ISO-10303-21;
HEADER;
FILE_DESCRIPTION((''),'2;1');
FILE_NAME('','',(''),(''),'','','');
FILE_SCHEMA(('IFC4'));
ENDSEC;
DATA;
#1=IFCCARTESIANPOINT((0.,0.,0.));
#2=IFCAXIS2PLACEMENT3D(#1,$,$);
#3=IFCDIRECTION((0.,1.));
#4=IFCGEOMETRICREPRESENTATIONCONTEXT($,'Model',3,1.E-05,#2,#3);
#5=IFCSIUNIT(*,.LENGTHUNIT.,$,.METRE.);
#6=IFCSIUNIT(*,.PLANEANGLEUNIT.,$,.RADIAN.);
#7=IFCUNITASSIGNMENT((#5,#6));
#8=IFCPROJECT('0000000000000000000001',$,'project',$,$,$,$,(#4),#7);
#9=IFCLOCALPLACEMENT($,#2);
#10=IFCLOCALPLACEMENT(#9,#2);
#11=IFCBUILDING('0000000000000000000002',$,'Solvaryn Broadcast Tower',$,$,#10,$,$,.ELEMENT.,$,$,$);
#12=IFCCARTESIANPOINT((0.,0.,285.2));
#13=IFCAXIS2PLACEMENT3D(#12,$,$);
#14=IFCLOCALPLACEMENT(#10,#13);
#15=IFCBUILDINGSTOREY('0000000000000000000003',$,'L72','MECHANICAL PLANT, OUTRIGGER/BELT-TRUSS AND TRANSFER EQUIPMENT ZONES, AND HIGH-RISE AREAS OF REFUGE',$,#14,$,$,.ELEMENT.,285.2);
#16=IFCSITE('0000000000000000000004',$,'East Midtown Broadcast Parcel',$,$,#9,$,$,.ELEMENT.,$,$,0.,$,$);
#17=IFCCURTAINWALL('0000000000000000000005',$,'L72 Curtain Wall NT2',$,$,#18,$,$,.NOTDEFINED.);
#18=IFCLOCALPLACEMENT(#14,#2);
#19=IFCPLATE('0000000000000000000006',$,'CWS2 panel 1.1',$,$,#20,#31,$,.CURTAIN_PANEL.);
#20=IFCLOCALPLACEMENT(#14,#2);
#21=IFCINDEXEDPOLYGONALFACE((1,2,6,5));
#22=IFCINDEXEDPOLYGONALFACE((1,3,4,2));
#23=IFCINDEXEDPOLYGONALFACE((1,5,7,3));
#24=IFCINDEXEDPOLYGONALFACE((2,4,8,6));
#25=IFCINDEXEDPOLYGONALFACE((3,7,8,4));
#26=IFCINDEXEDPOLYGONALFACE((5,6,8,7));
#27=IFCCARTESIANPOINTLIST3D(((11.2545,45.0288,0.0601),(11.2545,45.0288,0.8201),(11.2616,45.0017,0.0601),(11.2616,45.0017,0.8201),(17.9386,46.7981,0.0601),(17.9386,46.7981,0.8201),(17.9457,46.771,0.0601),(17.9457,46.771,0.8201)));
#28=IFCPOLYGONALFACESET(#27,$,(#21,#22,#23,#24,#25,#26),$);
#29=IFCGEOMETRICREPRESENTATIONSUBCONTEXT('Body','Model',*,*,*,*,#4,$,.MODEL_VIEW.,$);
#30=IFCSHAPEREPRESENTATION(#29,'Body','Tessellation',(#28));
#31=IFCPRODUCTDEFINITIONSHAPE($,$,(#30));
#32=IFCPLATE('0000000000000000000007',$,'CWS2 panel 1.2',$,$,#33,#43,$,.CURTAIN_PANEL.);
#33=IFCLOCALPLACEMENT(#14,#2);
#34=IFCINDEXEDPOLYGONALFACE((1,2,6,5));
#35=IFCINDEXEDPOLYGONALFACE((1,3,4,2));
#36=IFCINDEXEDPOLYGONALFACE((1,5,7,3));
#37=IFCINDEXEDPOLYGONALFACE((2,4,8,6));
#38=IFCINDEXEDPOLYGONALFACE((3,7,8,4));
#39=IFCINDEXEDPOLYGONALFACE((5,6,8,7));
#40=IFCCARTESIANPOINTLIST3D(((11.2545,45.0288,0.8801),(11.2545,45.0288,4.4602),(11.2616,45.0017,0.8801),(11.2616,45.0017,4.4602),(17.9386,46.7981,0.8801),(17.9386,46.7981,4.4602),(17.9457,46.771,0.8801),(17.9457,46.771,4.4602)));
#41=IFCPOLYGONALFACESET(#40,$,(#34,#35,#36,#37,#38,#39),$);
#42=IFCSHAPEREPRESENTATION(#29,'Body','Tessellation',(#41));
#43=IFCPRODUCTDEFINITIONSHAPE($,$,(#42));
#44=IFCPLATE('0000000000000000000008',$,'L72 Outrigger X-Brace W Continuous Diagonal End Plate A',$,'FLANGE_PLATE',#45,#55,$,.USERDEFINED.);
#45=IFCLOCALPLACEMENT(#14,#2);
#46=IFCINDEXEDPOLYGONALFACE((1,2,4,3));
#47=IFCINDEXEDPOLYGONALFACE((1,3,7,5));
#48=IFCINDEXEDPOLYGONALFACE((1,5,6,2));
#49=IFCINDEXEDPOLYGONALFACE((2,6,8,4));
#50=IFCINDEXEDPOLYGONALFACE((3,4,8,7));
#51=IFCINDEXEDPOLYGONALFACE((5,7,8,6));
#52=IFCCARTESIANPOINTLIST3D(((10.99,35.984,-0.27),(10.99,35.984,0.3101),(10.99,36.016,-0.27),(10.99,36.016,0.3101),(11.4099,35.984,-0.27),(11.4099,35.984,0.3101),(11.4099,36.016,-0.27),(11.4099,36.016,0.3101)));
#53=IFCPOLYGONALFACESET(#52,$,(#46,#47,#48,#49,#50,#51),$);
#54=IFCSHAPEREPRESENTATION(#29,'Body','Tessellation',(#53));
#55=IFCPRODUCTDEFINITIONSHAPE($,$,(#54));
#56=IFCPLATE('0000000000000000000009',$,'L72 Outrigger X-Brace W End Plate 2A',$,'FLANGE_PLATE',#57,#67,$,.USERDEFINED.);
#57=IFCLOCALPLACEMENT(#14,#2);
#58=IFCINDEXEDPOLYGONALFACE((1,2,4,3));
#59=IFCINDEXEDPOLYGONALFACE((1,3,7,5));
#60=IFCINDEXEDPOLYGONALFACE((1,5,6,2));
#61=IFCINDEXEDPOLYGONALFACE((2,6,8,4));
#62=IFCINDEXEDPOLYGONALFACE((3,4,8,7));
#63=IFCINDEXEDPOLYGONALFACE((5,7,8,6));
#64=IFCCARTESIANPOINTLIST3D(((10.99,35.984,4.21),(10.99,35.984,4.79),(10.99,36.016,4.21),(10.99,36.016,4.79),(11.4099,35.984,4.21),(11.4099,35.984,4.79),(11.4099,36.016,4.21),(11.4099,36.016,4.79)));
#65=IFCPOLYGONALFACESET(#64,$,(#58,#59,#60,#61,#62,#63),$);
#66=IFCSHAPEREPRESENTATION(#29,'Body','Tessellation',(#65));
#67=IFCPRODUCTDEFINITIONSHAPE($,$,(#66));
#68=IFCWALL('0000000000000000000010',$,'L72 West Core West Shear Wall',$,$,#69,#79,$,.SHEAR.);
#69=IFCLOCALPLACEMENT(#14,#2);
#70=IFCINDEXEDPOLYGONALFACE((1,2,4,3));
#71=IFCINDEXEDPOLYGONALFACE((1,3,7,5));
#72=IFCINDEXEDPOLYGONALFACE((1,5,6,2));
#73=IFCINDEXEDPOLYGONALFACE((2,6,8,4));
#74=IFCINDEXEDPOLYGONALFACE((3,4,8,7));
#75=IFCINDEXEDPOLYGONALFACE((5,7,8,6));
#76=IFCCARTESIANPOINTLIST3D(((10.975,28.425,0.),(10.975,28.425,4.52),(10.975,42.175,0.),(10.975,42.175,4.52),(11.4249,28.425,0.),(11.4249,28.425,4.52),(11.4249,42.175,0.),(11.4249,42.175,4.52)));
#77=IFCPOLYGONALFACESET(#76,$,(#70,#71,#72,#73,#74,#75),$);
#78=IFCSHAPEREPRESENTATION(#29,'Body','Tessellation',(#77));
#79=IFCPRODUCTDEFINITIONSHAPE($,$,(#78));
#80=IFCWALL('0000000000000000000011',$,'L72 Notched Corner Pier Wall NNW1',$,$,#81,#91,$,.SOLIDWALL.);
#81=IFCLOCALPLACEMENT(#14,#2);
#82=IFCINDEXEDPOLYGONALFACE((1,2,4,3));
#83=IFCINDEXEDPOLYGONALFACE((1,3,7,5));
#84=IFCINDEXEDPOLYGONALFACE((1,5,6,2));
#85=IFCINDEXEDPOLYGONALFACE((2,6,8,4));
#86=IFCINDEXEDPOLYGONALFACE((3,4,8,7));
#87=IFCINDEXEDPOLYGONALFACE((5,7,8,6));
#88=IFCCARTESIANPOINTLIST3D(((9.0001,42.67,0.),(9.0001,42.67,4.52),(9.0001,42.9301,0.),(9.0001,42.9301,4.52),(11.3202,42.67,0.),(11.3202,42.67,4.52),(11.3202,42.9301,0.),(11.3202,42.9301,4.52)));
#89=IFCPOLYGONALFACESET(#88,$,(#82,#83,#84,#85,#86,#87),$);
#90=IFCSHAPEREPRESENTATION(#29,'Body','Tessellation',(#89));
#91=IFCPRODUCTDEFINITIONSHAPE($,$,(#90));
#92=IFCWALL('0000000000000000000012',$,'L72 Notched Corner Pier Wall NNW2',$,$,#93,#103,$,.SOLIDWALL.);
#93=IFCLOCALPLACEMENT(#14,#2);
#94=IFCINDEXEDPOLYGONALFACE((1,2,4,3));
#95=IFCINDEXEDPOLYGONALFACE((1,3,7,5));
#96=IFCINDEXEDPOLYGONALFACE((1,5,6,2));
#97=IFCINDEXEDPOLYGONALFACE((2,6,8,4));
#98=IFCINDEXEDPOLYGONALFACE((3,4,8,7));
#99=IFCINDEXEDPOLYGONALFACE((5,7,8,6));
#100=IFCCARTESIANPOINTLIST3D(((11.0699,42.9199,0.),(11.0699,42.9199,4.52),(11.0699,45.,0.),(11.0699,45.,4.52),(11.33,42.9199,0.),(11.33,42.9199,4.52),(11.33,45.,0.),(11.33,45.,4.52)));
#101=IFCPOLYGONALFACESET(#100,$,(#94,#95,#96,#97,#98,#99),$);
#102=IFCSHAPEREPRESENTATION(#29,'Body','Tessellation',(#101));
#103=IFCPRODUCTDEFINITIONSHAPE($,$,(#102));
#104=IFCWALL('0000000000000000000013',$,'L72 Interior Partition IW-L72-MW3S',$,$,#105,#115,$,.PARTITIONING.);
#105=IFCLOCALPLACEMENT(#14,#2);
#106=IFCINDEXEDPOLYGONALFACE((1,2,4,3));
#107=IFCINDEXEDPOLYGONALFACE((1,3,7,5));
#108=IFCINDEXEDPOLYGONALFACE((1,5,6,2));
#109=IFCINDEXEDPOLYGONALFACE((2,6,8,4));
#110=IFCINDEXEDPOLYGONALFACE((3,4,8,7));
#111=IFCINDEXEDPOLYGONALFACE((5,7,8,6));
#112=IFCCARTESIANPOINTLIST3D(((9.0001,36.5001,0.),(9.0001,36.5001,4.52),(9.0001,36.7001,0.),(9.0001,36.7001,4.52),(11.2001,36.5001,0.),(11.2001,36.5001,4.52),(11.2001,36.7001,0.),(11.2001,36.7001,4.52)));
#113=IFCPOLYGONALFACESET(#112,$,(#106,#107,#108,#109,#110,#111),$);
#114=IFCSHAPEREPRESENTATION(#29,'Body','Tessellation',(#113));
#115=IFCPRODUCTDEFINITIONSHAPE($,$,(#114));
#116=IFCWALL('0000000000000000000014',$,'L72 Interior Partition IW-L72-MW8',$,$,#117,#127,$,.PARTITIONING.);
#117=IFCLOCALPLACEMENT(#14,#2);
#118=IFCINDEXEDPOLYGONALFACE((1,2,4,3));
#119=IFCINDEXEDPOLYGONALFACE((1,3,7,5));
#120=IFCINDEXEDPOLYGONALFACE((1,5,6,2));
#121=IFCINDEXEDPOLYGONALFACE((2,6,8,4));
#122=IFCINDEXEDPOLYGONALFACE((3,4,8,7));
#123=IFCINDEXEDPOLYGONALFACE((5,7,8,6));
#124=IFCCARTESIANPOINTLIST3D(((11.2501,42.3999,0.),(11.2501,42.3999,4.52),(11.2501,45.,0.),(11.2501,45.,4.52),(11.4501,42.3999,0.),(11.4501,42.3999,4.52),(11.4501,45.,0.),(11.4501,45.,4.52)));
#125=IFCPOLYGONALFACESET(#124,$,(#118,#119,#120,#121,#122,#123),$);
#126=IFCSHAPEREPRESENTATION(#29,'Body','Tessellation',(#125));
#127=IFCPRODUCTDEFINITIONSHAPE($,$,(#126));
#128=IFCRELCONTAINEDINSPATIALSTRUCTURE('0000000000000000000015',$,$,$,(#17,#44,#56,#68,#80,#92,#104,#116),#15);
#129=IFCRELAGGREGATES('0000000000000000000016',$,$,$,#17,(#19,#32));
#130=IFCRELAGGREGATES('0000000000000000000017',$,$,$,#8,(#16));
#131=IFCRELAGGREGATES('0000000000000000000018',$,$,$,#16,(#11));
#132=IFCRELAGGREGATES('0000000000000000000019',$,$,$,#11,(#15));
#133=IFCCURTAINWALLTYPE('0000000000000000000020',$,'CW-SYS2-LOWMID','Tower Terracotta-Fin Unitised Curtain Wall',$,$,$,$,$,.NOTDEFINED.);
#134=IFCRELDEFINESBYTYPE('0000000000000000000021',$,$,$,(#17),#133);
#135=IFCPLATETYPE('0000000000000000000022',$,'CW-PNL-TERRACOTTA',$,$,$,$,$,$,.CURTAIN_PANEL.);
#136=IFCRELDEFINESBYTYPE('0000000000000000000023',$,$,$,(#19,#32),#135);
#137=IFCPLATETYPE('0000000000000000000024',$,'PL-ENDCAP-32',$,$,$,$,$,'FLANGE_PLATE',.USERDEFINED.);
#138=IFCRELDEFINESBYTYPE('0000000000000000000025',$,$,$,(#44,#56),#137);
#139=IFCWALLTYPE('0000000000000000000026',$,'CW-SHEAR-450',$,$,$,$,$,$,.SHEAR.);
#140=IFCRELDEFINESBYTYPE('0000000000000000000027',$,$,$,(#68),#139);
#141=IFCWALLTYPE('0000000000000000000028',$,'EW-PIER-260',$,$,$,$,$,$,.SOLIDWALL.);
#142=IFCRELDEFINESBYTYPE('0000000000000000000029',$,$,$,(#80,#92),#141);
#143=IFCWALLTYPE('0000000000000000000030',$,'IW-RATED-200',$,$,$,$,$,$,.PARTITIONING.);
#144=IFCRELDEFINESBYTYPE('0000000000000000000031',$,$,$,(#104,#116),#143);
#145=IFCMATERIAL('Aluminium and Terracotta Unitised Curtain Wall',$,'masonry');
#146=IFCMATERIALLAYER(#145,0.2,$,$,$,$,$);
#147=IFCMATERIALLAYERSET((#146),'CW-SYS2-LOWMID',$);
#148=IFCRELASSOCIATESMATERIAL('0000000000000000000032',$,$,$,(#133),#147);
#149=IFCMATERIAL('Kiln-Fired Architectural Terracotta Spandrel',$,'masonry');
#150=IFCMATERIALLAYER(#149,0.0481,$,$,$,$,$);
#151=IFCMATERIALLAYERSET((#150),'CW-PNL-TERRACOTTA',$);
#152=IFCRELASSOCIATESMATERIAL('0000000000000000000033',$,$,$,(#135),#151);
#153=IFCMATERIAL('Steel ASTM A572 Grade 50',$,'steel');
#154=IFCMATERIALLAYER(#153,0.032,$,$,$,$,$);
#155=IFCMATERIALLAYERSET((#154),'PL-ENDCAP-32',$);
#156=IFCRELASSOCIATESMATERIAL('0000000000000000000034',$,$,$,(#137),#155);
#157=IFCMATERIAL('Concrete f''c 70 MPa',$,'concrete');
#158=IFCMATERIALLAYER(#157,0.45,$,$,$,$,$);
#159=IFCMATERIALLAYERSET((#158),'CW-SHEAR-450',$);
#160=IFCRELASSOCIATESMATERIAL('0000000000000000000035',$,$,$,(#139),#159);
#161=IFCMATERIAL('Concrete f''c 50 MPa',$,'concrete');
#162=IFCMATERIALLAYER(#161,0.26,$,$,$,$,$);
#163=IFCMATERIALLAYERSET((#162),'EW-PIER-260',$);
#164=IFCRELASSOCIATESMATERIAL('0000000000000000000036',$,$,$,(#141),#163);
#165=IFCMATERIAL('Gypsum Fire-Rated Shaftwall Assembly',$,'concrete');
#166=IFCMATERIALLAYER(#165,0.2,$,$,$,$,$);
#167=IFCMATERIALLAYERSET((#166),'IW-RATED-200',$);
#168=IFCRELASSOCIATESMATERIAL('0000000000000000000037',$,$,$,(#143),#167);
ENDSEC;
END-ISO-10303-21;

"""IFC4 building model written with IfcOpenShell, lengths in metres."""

from ifc_helpers import new_model, si_unit, direction, frame, frame_2d, origin, origin_2d, place, context, subcontext, project, spatial, rectangle, extrude, material, layer, layer_set, type_object, element, aggregate, save


model = new_model("IFC4")

# Units and contexts
model_context = context("Model", 3, precision=1e-05, world=origin(), true_north=direction((0.0, 1.0)))
body_context = subcontext(model_context, "Body", "Model", "MODEL_VIEW")
ifc_project = project(units=[si_unit("LENGTHUNIT", "METRE"), si_unit("PLANEANGLEUNIT", "RADIAN")], contexts=[model_context])

# Site, building, storey
site_placement = place(None, origin())
site = spatial("IfcSite", under=ifc_project, at=site_placement, Name="East Midtown Broadcast Parcel", CompositionType="ELEMENT", RefElevation=0.0)
building_placement = place(site_placement, origin())
building = spatial("IfcBuilding", under=site, at=building_placement, Name="Solvaryn Broadcast Tower", CompositionType="ELEMENT")
storey_placement = place(building_placement, frame((0.0, 0.0, 285.2)))
storey = spatial("IfcBuildingStorey", under=building, at=storey_placement, Name="L72", Description="MECHANICAL PLANT, OUTRIGGER/BELT-TRUSS AND TRANSFER EQUIPMENT ZONES, AND HIGH-RISE AREAS OF REFUGE", CompositionType="ELEMENT", Elevation=285.2)

# Curtain wall
ifc_material_1 = material(Name="Aluminium and Terracotta Unitised Curtain Wall", Category="masonry")
ifc_layer_1 = layer(ifc_material_1, 0.2)
ifc_layer_set_1 = layer_set([ifc_layer_1], Name="CW-SYS2-LOWMID")
curtain_wall_type = type_object("IfcCurtainWallType", Name="CW-SYS2-LOWMID", Description="Tower Terracotta-Fin Unitised Curtain Wall", PredefinedType="NOTDEFINED", material=ifc_layer_set_1)
curtain_wall_1_placement = place(storey_placement, origin())
curtain_wall_1 = element("IfcCurtainWall", 1, at=curtain_wall_1_placement, inside=storey, type_object=curtain_wall_type, Name="L72 Curtain Wall NT2", PredefinedType="NOTDEFINED")

# Plates
ifc_material_2 = material(Name="Kiln-Fired Architectural Terracotta Spandrel", Category="masonry")
ifc_layer_2 = layer(ifc_material_2, 0.0481)
ifc_layer_set_2 = layer_set([ifc_layer_2], Name="CW-PNL-TERRACOTTA")
plate_type_1 = type_object("IfcPlateType", Name="CW-PNL-TERRACOTTA", PredefinedType="CURTAIN_PANEL", material=ifc_layer_set_2)
plate_1_placement = place(storey_placement, frame((14.6001, 45.8999, 0.0601), z_axis=(0.0, 0.0, 1.0), x_axis=(-0.966705, -0.255893, 0.0)))
plate_1 = element("IfcPlate", 2, at=plate_1_placement, type_object=plate_type_1, Name="CWS2 panel 1.1", PredefinedType="CURTAIN_PANEL", context=body_context, shape_type="SweptSolid", body=[
    extrude(rectangle(XDim=6.9143, YDim=0.0281, at=origin_2d()), origin(), (0.0, 0.0, 1.0), 0.76),
])
plate_2_placement = place(storey_placement, frame((14.6001, 45.8999, 0.8801), z_axis=(0.0, 0.0, 1.0), x_axis=(-0.966705, -0.255893, 0.0)))
plate_2 = element("IfcPlate", 3, at=plate_2_placement, type_object=plate_type_1, Name="CWS2 panel 1.2", PredefinedType="CURTAIN_PANEL", context=body_context, shape_type="SweptSolid", body=[
    extrude(rectangle(XDim=6.9143, YDim=0.0281, at=origin_2d()), origin(), (0.0, 0.0, 1.0), 3.5801),
])
aggregate(curtain_wall_1, [plate_1, plate_2])

# Plates
ifc_material_3 = material(Name="Steel ASTM A572 Grade 50", Category="steel")
ifc_layer_3 = layer(ifc_material_3, 0.032)
ifc_layer_set_3 = layer_set([ifc_layer_3], Name="PL-ENDCAP-32")
plate_type_2 = type_object("IfcPlateType", Name="PL-ENDCAP-32", ElementType="FLANGE_PLATE", PredefinedType="USERDEFINED", material=ifc_layer_set_3)
for number, where, z_axis, x_axis, name in (
    (4, (11.2, 36.0, -0.27), (0.0, 0.0, 1.0), (1.0, 0.0, 0.0), "L72 Outrigger X-Brace W Continuous Diagonal End Plate A"),
    (5, (11.2, 36.0, 4.21), (0.0, 0.0, 1.0), (1.0, 0.0, 0.0), "L72 Outrigger X-Brace W End Plate 2A"),
):
    element("IfcPlate", number, at=place(storey_placement, frame(where, z_axis=z_axis, x_axis=x_axis)), inside=storey, type_object=plate_type_2, Name=name, ObjectType="FLANGE_PLATE", PredefinedType="USERDEFINED", context=body_context, shape_type="SweptSolid", body=[
        extrude(rectangle(XDim=0.4199, YDim=0.032, at=origin_2d()), origin(), (0.0, 0.0, 1.0), 0.5801),
    ])

# Walls
ifc_material_4 = material(Name="Concrete f'c 70 MPa", Category="concrete")
ifc_layer_4 = layer(ifc_material_4, 0.45)
ifc_layer_set_4 = layer_set([ifc_layer_4], Name="CW-SHEAR-450")
wall_type_1 = type_object("IfcWallType", Name="CW-SHEAR-450", PredefinedType="SHEAR", material=ifc_layer_set_4)
wall_1_placement = place(storey_placement, frame((11.2, 42.175, 0.0), z_axis=(0.0, 0.0, 1.0), x_axis=(0.0, -1.0, 0.0)))
element("IfcWall", 6, at=wall_1_placement, inside=storey, type_object=wall_type_1, Name="L72 West Core West Shear Wall", PredefinedType="SHEAR", context=body_context, shape_type="SweptSolid", body=[
    extrude(rectangle(XDim=13.75, YDim=0.45, at=frame_2d((6.875, 0.0))), origin(), (0.0, 0.0, 1.0), 4.52),
])
ifc_material_5 = material(Name="Concrete f'c 50 MPa", Category="concrete")
ifc_layer_5 = layer(ifc_material_5, 0.26)
ifc_layer_set_5 = layer_set([ifc_layer_5], Name="EW-PIER-260")
wall_type_2 = type_object("IfcWallType", Name="EW-PIER-260", PredefinedType="SOLIDWALL", material=ifc_layer_set_5)
wall_2_placement = place(storey_placement, frame((9.0, 42.8, 0.0), z_axis=(0.0, 0.0, 1.0), x_axis=(1.0, 0.0, 0.0)))
element("IfcWall", 7, at=wall_2_placement, inside=storey, type_object=wall_type_2, Name="L72 Notched Corner Pier Wall NNW1", PredefinedType="SOLIDWALL", context=body_context, shape_type="SweptSolid", body=[
    extrude(rectangle(XDim=2.3201, YDim=0.26, at=frame_2d((1.1602, 0.0))), origin(), (0.0, 0.0, 1.0), 4.52),
])
wall_3_placement = place(storey_placement, frame((11.2, 42.9199, 0.0), z_axis=(0.0, 0.0, 1.0), x_axis=(0.0, 1.0, 0.0)))
element("IfcWall", 8, at=wall_3_placement, inside=storey, type_object=wall_type_2, Name="L72 Notched Corner Pier Wall NNW2", PredefinedType="SOLIDWALL", context=body_context, shape_type="SweptSolid", body=[
    extrude(rectangle(XDim=2.0801, YDim=0.26, at=frame_2d((1.04, 0.0))), origin(), (0.0, 0.0, 1.0), 4.52),
])
ifc_material_6 = material(Name="Gypsum Fire-Rated Shaftwall Assembly", Category="concrete")
ifc_layer_6 = layer(ifc_material_6, 0.2)
ifc_layer_set_6 = layer_set([ifc_layer_6], Name="IW-RATED-200")
wall_type_3 = type_object("IfcWallType", Name="IW-RATED-200", PredefinedType="PARTITIONING", material=ifc_layer_set_6)
wall_4_placement = place(storey_placement, frame((9.0, 36.6001, 0.0), z_axis=(0.0, 0.0, 1.0), x_axis=(1.0, 0.0, 0.0)))
element("IfcWall", 9, at=wall_4_placement, inside=storey, type_object=wall_type_3, Name="L72 Interior Partition IW-L72-MW3S", PredefinedType="PARTITIONING", context=body_context, shape_type="SweptSolid", body=[
    extrude(rectangle(XDim=2.2, YDim=0.2, at=frame_2d((1.1001, 0.0))), origin(), (0.0, 0.0, 1.0), 4.52),
])
wall_5_placement = place(storey_placement, frame((11.3501, 42.3999, 0.0), z_axis=(0.0, 0.0, 1.0), x_axis=(0.0, 1.0, 0.0)))
element("IfcWall", 10, at=wall_5_placement, inside=storey, type_object=wall_type_3, Name="L72 Interior Partition IW-L72-MW8", PredefinedType="PARTITIONING", context=body_context, shape_type="SweptSolid", body=[
    extrude(rectangle(XDim=2.6001, YDim=0.2, at=frame_2d((1.3, 0.0))), origin(), (0.0, 0.0, 1.0), 4.52),
])

save(model, "model.ifc")
